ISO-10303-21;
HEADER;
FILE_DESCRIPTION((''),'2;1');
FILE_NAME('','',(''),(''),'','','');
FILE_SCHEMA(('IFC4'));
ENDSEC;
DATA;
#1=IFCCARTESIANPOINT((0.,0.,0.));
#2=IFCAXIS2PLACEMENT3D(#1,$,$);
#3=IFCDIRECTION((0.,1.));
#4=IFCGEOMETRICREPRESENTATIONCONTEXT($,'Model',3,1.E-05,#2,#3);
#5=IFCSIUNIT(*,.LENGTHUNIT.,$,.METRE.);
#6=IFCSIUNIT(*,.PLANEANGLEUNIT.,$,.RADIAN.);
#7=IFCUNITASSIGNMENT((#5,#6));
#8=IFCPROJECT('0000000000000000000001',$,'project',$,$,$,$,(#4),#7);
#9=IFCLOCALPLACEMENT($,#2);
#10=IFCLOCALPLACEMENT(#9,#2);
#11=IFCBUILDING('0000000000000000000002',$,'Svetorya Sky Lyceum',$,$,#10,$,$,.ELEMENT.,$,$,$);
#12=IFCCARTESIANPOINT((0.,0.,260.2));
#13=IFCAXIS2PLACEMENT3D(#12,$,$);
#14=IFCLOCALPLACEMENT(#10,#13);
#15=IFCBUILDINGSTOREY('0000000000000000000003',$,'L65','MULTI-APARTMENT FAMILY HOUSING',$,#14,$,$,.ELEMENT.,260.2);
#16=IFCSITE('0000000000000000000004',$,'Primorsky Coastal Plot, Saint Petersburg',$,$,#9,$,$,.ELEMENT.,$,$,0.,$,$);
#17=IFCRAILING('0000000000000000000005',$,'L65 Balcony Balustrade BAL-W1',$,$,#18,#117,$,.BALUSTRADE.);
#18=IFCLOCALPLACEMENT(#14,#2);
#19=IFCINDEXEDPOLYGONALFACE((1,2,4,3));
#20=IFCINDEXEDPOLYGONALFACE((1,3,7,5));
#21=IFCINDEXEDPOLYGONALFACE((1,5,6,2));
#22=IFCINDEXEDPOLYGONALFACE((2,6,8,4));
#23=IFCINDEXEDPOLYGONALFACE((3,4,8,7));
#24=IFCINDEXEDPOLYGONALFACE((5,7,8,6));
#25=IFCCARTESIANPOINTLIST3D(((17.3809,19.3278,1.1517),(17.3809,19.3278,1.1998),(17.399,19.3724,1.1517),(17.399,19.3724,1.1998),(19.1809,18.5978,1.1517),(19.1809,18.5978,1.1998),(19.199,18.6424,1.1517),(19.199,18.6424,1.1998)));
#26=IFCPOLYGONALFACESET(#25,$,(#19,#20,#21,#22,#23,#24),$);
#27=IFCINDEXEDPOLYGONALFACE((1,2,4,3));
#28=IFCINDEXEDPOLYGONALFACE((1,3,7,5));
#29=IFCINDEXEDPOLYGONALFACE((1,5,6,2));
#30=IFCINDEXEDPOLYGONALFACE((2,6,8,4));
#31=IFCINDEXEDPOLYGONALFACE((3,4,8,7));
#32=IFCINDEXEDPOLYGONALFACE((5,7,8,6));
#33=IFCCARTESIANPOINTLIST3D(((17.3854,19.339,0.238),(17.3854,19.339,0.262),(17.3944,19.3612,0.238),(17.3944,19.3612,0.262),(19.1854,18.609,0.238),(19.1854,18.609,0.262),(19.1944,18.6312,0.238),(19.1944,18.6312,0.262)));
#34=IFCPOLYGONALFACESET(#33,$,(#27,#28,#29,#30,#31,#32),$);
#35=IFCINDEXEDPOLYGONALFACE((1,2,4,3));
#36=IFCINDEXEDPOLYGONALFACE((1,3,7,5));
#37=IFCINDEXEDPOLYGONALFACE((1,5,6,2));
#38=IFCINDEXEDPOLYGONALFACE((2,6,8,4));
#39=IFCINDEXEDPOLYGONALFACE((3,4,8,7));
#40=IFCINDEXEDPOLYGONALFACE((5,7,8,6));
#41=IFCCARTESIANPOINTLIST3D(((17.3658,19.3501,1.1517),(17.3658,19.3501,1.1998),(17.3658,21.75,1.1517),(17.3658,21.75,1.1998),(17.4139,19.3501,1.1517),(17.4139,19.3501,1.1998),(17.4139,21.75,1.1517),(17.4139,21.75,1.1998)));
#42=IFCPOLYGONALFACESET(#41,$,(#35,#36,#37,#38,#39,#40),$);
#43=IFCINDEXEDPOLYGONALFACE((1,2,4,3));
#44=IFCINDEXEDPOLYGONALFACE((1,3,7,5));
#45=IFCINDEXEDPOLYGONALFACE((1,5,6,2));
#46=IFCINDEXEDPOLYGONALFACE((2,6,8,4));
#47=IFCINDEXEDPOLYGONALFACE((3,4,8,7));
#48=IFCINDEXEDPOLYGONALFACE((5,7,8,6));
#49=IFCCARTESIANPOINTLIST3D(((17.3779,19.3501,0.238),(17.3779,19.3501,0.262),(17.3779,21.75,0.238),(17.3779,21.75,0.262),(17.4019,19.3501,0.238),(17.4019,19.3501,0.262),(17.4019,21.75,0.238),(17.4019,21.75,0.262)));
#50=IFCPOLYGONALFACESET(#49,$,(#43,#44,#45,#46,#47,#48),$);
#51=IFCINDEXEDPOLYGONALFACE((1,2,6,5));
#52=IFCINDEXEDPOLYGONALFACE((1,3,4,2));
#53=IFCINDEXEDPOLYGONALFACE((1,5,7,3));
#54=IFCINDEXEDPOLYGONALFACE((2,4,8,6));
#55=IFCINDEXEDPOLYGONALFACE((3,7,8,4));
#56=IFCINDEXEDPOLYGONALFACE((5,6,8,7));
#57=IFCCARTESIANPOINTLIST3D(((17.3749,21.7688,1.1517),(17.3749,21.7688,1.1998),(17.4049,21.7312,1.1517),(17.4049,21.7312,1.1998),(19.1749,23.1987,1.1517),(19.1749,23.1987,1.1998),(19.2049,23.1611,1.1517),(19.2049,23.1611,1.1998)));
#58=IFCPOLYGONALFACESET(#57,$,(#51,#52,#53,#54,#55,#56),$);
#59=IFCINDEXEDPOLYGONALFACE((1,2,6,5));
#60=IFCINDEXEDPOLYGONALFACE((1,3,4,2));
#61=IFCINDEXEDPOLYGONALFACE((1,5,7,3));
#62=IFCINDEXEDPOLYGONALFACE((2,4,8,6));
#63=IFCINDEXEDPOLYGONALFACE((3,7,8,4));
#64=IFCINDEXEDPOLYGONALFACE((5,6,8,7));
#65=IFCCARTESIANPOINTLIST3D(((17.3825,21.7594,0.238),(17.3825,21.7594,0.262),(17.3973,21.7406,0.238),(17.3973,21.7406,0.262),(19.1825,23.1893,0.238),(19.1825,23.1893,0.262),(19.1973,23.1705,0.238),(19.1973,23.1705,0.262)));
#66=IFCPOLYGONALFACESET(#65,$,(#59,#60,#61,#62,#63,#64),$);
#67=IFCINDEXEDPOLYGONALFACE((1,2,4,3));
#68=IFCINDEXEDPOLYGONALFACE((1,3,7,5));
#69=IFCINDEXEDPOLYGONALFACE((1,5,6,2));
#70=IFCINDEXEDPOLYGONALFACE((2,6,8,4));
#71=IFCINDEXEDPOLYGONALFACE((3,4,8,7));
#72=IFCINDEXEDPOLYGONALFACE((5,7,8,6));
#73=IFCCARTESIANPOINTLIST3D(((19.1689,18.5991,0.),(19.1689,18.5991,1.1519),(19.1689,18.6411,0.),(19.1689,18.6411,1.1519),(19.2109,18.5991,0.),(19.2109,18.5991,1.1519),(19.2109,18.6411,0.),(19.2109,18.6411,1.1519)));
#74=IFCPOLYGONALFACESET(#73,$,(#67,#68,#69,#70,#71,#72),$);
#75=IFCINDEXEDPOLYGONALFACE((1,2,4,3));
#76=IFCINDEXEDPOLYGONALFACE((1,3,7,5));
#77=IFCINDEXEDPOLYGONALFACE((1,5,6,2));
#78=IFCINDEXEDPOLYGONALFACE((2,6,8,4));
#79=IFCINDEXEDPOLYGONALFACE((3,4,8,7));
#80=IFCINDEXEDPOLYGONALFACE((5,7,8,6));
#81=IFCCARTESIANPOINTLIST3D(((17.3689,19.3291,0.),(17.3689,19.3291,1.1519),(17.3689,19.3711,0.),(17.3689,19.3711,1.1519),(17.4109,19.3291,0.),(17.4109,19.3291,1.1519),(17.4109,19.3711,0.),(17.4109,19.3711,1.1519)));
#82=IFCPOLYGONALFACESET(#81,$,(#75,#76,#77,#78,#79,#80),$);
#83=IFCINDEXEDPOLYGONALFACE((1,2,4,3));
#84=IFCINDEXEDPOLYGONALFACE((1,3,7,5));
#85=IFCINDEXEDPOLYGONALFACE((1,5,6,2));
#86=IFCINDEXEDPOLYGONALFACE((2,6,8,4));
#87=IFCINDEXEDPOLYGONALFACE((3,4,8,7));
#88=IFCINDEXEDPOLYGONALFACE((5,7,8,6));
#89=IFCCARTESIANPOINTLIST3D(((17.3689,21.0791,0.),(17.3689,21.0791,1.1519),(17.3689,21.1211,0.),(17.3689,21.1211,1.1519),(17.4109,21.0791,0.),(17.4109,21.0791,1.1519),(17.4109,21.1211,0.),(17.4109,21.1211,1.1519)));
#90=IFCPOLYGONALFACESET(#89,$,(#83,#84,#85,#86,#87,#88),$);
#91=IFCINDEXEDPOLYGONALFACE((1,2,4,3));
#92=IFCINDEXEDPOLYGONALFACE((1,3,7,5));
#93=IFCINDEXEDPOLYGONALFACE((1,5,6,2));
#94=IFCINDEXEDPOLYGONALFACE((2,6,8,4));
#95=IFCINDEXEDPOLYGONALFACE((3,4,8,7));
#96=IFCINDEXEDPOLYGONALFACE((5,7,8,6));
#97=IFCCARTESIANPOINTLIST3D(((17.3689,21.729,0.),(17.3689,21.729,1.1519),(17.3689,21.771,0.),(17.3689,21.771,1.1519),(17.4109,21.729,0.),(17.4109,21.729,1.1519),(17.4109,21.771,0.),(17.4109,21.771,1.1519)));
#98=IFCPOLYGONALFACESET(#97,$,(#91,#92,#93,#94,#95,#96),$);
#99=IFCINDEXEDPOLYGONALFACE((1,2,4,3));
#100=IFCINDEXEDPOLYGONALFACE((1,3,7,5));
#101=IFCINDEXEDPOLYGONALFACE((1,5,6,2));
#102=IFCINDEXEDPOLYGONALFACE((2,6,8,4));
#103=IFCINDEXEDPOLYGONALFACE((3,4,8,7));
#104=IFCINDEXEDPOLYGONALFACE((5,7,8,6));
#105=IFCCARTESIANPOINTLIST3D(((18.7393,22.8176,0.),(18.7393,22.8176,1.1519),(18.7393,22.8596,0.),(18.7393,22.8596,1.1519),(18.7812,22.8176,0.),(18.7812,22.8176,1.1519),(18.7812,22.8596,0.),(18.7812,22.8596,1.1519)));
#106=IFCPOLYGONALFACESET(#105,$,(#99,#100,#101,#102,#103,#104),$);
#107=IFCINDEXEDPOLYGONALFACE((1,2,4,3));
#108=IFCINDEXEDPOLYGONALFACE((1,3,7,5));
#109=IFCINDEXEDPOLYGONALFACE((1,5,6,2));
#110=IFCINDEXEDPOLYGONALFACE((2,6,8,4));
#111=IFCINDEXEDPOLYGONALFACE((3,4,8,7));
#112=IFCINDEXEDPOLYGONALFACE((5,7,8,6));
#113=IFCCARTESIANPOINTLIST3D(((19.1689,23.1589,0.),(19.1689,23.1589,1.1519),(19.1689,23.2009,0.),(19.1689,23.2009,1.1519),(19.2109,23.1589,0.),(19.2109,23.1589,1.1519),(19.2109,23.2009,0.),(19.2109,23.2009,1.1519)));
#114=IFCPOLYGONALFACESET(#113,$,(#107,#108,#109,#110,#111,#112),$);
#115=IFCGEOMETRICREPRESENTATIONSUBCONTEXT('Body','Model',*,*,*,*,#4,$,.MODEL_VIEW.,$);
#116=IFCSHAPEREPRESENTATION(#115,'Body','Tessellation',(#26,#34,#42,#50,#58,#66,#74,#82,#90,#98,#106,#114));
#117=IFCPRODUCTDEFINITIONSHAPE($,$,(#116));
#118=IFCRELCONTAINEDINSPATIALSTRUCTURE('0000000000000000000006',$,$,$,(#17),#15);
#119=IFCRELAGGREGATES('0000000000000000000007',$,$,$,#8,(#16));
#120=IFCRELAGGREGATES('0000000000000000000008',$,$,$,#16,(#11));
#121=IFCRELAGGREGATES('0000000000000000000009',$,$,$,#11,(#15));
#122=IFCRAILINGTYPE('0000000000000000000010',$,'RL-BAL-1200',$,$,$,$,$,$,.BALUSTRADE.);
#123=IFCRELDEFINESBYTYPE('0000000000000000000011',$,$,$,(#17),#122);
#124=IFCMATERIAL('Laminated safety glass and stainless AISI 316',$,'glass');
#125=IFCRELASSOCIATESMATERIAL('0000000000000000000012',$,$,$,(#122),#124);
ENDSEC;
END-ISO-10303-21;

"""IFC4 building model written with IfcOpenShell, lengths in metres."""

from ifc_helpers import new_model, si_unit, direction, frame, origin, origin_2d, place, context, subcontext, project, spatial, rectangle, extrude, material, type_object, element, save


model = new_model("IFC4")

# Units and contexts
model_context = context("Model", 3, precision=1e-05, world=origin(), true_north=direction((0.0, 1.0)))
body_context = subcontext(model_context, "Body", "Model", "MODEL_VIEW")
ifc_project = project(units=[si_unit("LENGTHUNIT", "METRE"), si_unit("PLANEANGLEUNIT", "RADIAN")], contexts=[model_context])

# Site, building, storey
site_placement = place(None, origin())
site = spatial("IfcSite", under=ifc_project, at=site_placement, Name="Primorsky Coastal Plot, Saint Petersburg", CompositionType="ELEMENT", RefElevation=0.0)
building_placement = place(site_placement, origin())
building = spatial("IfcBuilding", under=site, at=building_placement, Name="Svetorya Sky Lyceum", CompositionType="ELEMENT")
storey_placement = place(building_placement, frame((0.0, 0.0, 260.2)))
storey = spatial("IfcBuildingStorey", under=building, at=storey_placement, Name="L65", Description="MULTI-APARTMENT FAMILY HOUSING", CompositionType="ELEMENT", Elevation=260.2)

# Railing
ifc_material_1 = material(Name="Laminated safety glass and stainless AISI 316", Category="glass")
railing_type = type_object("IfcRailingType", Name="RL-BAL-1200", PredefinedType="BALUSTRADE", material=ifc_material_1)
railing_placement = place(storey_placement, frame((19.1899, 18.6201, 0.0)))
element("IfcRailing", 1, at=railing_placement, inside=storey, type_object=railing_type, Name="L65 Balcony Balustrade BAL-W1", PredefinedType="BALUSTRADE", context=body_context, shape_type="SweptSolid", body=[
    extrude(rectangle(XDim=0.0481, YDim=0.0481, at=origin_2d()), frame((0.0, 0.0, 1.1758), z_axis=(-0.926698, 0.375807, 0.0), x_axis=(-0.375807, -0.926698, 0.0)), (0.0, 0.0, 1.0), 1.9424),
    extrude(rectangle(XDim=0.0239, YDim=0.0239, at=origin_2d()), frame((0.0, 0.0, 0.25), z_axis=(-0.926698, 0.375807, 0.0), x_axis=(-0.375807, -0.926698, 0.0)), (0.0, 0.0, 1.0), 1.9424),
    extrude(rectangle(XDim=0.0481, YDim=0.0481, at=origin_2d()), frame((-1.8, 0.73, 1.1758), z_axis=(0.0, 1.0, 0.0), x_axis=(-1.0, 0.0, 0.0)), (0.0, 0.0, 1.0), 2.3999),
    extrude(rectangle(XDim=0.0239, YDim=0.0239, at=origin_2d()), frame((-1.8, 0.73, 0.25), z_axis=(0.0, 1.0, 0.0), x_axis=(-1.0, 0.0, 0.0)), (0.0, 0.0, 1.0), 2.3999),
    extrude(rectangle(XDim=0.0481, YDim=0.0481, at=origin_2d()), frame((-1.8, 3.1299, 1.1758), z_axis=(0.783009, 0.62201, 0.0), x_axis=(-0.62201, 0.783009, 0.0)), (0.0, 0.0, 1.0), 2.2988),
    extrude(rectangle(XDim=0.0239, YDim=0.0239, at=origin_2d()), frame((-1.8, 3.1299, 0.25), z_axis=(0.783009, 0.62201, 0.0), x_axis=(-0.62201, 0.783009, 0.0)), (0.0, 0.0, 1.0), 2.2988),
    extrude(rectangle(XDim=0.042, YDim=0.042, at=origin_2d()), origin(), (0.0, 0.0, 1.0), 1.1519),
    extrude(rectangle(XDim=0.042, YDim=0.042, at=origin_2d()), frame((-1.8, 0.73, 0.0)), (0.0, 0.0, 1.0), 1.1519),
    extrude(rectangle(XDim=0.042, YDim=0.042, at=origin_2d()), frame((-1.8, 2.48, 0.0)), (0.0, 0.0, 1.0), 1.1519),
    extrude(rectangle(XDim=0.042, YDim=0.042, at=origin_2d()), frame((-1.8, 3.1299, 0.0)), (0.0, 0.0, 1.0), 1.1519),
    extrude(rectangle(XDim=0.042, YDim=0.042, at=origin_2d()), frame((-0.4297, 4.2185, 0.0)), (0.0, 0.0, 1.0), 1.1519),
    extrude(rectangle(XDim=0.042, YDim=0.042, at=origin_2d()), frame((0.0, 4.5598, 0.0)), (0.0, 0.0, 1.0), 1.1519),
])

save(model, "model.ifc")
